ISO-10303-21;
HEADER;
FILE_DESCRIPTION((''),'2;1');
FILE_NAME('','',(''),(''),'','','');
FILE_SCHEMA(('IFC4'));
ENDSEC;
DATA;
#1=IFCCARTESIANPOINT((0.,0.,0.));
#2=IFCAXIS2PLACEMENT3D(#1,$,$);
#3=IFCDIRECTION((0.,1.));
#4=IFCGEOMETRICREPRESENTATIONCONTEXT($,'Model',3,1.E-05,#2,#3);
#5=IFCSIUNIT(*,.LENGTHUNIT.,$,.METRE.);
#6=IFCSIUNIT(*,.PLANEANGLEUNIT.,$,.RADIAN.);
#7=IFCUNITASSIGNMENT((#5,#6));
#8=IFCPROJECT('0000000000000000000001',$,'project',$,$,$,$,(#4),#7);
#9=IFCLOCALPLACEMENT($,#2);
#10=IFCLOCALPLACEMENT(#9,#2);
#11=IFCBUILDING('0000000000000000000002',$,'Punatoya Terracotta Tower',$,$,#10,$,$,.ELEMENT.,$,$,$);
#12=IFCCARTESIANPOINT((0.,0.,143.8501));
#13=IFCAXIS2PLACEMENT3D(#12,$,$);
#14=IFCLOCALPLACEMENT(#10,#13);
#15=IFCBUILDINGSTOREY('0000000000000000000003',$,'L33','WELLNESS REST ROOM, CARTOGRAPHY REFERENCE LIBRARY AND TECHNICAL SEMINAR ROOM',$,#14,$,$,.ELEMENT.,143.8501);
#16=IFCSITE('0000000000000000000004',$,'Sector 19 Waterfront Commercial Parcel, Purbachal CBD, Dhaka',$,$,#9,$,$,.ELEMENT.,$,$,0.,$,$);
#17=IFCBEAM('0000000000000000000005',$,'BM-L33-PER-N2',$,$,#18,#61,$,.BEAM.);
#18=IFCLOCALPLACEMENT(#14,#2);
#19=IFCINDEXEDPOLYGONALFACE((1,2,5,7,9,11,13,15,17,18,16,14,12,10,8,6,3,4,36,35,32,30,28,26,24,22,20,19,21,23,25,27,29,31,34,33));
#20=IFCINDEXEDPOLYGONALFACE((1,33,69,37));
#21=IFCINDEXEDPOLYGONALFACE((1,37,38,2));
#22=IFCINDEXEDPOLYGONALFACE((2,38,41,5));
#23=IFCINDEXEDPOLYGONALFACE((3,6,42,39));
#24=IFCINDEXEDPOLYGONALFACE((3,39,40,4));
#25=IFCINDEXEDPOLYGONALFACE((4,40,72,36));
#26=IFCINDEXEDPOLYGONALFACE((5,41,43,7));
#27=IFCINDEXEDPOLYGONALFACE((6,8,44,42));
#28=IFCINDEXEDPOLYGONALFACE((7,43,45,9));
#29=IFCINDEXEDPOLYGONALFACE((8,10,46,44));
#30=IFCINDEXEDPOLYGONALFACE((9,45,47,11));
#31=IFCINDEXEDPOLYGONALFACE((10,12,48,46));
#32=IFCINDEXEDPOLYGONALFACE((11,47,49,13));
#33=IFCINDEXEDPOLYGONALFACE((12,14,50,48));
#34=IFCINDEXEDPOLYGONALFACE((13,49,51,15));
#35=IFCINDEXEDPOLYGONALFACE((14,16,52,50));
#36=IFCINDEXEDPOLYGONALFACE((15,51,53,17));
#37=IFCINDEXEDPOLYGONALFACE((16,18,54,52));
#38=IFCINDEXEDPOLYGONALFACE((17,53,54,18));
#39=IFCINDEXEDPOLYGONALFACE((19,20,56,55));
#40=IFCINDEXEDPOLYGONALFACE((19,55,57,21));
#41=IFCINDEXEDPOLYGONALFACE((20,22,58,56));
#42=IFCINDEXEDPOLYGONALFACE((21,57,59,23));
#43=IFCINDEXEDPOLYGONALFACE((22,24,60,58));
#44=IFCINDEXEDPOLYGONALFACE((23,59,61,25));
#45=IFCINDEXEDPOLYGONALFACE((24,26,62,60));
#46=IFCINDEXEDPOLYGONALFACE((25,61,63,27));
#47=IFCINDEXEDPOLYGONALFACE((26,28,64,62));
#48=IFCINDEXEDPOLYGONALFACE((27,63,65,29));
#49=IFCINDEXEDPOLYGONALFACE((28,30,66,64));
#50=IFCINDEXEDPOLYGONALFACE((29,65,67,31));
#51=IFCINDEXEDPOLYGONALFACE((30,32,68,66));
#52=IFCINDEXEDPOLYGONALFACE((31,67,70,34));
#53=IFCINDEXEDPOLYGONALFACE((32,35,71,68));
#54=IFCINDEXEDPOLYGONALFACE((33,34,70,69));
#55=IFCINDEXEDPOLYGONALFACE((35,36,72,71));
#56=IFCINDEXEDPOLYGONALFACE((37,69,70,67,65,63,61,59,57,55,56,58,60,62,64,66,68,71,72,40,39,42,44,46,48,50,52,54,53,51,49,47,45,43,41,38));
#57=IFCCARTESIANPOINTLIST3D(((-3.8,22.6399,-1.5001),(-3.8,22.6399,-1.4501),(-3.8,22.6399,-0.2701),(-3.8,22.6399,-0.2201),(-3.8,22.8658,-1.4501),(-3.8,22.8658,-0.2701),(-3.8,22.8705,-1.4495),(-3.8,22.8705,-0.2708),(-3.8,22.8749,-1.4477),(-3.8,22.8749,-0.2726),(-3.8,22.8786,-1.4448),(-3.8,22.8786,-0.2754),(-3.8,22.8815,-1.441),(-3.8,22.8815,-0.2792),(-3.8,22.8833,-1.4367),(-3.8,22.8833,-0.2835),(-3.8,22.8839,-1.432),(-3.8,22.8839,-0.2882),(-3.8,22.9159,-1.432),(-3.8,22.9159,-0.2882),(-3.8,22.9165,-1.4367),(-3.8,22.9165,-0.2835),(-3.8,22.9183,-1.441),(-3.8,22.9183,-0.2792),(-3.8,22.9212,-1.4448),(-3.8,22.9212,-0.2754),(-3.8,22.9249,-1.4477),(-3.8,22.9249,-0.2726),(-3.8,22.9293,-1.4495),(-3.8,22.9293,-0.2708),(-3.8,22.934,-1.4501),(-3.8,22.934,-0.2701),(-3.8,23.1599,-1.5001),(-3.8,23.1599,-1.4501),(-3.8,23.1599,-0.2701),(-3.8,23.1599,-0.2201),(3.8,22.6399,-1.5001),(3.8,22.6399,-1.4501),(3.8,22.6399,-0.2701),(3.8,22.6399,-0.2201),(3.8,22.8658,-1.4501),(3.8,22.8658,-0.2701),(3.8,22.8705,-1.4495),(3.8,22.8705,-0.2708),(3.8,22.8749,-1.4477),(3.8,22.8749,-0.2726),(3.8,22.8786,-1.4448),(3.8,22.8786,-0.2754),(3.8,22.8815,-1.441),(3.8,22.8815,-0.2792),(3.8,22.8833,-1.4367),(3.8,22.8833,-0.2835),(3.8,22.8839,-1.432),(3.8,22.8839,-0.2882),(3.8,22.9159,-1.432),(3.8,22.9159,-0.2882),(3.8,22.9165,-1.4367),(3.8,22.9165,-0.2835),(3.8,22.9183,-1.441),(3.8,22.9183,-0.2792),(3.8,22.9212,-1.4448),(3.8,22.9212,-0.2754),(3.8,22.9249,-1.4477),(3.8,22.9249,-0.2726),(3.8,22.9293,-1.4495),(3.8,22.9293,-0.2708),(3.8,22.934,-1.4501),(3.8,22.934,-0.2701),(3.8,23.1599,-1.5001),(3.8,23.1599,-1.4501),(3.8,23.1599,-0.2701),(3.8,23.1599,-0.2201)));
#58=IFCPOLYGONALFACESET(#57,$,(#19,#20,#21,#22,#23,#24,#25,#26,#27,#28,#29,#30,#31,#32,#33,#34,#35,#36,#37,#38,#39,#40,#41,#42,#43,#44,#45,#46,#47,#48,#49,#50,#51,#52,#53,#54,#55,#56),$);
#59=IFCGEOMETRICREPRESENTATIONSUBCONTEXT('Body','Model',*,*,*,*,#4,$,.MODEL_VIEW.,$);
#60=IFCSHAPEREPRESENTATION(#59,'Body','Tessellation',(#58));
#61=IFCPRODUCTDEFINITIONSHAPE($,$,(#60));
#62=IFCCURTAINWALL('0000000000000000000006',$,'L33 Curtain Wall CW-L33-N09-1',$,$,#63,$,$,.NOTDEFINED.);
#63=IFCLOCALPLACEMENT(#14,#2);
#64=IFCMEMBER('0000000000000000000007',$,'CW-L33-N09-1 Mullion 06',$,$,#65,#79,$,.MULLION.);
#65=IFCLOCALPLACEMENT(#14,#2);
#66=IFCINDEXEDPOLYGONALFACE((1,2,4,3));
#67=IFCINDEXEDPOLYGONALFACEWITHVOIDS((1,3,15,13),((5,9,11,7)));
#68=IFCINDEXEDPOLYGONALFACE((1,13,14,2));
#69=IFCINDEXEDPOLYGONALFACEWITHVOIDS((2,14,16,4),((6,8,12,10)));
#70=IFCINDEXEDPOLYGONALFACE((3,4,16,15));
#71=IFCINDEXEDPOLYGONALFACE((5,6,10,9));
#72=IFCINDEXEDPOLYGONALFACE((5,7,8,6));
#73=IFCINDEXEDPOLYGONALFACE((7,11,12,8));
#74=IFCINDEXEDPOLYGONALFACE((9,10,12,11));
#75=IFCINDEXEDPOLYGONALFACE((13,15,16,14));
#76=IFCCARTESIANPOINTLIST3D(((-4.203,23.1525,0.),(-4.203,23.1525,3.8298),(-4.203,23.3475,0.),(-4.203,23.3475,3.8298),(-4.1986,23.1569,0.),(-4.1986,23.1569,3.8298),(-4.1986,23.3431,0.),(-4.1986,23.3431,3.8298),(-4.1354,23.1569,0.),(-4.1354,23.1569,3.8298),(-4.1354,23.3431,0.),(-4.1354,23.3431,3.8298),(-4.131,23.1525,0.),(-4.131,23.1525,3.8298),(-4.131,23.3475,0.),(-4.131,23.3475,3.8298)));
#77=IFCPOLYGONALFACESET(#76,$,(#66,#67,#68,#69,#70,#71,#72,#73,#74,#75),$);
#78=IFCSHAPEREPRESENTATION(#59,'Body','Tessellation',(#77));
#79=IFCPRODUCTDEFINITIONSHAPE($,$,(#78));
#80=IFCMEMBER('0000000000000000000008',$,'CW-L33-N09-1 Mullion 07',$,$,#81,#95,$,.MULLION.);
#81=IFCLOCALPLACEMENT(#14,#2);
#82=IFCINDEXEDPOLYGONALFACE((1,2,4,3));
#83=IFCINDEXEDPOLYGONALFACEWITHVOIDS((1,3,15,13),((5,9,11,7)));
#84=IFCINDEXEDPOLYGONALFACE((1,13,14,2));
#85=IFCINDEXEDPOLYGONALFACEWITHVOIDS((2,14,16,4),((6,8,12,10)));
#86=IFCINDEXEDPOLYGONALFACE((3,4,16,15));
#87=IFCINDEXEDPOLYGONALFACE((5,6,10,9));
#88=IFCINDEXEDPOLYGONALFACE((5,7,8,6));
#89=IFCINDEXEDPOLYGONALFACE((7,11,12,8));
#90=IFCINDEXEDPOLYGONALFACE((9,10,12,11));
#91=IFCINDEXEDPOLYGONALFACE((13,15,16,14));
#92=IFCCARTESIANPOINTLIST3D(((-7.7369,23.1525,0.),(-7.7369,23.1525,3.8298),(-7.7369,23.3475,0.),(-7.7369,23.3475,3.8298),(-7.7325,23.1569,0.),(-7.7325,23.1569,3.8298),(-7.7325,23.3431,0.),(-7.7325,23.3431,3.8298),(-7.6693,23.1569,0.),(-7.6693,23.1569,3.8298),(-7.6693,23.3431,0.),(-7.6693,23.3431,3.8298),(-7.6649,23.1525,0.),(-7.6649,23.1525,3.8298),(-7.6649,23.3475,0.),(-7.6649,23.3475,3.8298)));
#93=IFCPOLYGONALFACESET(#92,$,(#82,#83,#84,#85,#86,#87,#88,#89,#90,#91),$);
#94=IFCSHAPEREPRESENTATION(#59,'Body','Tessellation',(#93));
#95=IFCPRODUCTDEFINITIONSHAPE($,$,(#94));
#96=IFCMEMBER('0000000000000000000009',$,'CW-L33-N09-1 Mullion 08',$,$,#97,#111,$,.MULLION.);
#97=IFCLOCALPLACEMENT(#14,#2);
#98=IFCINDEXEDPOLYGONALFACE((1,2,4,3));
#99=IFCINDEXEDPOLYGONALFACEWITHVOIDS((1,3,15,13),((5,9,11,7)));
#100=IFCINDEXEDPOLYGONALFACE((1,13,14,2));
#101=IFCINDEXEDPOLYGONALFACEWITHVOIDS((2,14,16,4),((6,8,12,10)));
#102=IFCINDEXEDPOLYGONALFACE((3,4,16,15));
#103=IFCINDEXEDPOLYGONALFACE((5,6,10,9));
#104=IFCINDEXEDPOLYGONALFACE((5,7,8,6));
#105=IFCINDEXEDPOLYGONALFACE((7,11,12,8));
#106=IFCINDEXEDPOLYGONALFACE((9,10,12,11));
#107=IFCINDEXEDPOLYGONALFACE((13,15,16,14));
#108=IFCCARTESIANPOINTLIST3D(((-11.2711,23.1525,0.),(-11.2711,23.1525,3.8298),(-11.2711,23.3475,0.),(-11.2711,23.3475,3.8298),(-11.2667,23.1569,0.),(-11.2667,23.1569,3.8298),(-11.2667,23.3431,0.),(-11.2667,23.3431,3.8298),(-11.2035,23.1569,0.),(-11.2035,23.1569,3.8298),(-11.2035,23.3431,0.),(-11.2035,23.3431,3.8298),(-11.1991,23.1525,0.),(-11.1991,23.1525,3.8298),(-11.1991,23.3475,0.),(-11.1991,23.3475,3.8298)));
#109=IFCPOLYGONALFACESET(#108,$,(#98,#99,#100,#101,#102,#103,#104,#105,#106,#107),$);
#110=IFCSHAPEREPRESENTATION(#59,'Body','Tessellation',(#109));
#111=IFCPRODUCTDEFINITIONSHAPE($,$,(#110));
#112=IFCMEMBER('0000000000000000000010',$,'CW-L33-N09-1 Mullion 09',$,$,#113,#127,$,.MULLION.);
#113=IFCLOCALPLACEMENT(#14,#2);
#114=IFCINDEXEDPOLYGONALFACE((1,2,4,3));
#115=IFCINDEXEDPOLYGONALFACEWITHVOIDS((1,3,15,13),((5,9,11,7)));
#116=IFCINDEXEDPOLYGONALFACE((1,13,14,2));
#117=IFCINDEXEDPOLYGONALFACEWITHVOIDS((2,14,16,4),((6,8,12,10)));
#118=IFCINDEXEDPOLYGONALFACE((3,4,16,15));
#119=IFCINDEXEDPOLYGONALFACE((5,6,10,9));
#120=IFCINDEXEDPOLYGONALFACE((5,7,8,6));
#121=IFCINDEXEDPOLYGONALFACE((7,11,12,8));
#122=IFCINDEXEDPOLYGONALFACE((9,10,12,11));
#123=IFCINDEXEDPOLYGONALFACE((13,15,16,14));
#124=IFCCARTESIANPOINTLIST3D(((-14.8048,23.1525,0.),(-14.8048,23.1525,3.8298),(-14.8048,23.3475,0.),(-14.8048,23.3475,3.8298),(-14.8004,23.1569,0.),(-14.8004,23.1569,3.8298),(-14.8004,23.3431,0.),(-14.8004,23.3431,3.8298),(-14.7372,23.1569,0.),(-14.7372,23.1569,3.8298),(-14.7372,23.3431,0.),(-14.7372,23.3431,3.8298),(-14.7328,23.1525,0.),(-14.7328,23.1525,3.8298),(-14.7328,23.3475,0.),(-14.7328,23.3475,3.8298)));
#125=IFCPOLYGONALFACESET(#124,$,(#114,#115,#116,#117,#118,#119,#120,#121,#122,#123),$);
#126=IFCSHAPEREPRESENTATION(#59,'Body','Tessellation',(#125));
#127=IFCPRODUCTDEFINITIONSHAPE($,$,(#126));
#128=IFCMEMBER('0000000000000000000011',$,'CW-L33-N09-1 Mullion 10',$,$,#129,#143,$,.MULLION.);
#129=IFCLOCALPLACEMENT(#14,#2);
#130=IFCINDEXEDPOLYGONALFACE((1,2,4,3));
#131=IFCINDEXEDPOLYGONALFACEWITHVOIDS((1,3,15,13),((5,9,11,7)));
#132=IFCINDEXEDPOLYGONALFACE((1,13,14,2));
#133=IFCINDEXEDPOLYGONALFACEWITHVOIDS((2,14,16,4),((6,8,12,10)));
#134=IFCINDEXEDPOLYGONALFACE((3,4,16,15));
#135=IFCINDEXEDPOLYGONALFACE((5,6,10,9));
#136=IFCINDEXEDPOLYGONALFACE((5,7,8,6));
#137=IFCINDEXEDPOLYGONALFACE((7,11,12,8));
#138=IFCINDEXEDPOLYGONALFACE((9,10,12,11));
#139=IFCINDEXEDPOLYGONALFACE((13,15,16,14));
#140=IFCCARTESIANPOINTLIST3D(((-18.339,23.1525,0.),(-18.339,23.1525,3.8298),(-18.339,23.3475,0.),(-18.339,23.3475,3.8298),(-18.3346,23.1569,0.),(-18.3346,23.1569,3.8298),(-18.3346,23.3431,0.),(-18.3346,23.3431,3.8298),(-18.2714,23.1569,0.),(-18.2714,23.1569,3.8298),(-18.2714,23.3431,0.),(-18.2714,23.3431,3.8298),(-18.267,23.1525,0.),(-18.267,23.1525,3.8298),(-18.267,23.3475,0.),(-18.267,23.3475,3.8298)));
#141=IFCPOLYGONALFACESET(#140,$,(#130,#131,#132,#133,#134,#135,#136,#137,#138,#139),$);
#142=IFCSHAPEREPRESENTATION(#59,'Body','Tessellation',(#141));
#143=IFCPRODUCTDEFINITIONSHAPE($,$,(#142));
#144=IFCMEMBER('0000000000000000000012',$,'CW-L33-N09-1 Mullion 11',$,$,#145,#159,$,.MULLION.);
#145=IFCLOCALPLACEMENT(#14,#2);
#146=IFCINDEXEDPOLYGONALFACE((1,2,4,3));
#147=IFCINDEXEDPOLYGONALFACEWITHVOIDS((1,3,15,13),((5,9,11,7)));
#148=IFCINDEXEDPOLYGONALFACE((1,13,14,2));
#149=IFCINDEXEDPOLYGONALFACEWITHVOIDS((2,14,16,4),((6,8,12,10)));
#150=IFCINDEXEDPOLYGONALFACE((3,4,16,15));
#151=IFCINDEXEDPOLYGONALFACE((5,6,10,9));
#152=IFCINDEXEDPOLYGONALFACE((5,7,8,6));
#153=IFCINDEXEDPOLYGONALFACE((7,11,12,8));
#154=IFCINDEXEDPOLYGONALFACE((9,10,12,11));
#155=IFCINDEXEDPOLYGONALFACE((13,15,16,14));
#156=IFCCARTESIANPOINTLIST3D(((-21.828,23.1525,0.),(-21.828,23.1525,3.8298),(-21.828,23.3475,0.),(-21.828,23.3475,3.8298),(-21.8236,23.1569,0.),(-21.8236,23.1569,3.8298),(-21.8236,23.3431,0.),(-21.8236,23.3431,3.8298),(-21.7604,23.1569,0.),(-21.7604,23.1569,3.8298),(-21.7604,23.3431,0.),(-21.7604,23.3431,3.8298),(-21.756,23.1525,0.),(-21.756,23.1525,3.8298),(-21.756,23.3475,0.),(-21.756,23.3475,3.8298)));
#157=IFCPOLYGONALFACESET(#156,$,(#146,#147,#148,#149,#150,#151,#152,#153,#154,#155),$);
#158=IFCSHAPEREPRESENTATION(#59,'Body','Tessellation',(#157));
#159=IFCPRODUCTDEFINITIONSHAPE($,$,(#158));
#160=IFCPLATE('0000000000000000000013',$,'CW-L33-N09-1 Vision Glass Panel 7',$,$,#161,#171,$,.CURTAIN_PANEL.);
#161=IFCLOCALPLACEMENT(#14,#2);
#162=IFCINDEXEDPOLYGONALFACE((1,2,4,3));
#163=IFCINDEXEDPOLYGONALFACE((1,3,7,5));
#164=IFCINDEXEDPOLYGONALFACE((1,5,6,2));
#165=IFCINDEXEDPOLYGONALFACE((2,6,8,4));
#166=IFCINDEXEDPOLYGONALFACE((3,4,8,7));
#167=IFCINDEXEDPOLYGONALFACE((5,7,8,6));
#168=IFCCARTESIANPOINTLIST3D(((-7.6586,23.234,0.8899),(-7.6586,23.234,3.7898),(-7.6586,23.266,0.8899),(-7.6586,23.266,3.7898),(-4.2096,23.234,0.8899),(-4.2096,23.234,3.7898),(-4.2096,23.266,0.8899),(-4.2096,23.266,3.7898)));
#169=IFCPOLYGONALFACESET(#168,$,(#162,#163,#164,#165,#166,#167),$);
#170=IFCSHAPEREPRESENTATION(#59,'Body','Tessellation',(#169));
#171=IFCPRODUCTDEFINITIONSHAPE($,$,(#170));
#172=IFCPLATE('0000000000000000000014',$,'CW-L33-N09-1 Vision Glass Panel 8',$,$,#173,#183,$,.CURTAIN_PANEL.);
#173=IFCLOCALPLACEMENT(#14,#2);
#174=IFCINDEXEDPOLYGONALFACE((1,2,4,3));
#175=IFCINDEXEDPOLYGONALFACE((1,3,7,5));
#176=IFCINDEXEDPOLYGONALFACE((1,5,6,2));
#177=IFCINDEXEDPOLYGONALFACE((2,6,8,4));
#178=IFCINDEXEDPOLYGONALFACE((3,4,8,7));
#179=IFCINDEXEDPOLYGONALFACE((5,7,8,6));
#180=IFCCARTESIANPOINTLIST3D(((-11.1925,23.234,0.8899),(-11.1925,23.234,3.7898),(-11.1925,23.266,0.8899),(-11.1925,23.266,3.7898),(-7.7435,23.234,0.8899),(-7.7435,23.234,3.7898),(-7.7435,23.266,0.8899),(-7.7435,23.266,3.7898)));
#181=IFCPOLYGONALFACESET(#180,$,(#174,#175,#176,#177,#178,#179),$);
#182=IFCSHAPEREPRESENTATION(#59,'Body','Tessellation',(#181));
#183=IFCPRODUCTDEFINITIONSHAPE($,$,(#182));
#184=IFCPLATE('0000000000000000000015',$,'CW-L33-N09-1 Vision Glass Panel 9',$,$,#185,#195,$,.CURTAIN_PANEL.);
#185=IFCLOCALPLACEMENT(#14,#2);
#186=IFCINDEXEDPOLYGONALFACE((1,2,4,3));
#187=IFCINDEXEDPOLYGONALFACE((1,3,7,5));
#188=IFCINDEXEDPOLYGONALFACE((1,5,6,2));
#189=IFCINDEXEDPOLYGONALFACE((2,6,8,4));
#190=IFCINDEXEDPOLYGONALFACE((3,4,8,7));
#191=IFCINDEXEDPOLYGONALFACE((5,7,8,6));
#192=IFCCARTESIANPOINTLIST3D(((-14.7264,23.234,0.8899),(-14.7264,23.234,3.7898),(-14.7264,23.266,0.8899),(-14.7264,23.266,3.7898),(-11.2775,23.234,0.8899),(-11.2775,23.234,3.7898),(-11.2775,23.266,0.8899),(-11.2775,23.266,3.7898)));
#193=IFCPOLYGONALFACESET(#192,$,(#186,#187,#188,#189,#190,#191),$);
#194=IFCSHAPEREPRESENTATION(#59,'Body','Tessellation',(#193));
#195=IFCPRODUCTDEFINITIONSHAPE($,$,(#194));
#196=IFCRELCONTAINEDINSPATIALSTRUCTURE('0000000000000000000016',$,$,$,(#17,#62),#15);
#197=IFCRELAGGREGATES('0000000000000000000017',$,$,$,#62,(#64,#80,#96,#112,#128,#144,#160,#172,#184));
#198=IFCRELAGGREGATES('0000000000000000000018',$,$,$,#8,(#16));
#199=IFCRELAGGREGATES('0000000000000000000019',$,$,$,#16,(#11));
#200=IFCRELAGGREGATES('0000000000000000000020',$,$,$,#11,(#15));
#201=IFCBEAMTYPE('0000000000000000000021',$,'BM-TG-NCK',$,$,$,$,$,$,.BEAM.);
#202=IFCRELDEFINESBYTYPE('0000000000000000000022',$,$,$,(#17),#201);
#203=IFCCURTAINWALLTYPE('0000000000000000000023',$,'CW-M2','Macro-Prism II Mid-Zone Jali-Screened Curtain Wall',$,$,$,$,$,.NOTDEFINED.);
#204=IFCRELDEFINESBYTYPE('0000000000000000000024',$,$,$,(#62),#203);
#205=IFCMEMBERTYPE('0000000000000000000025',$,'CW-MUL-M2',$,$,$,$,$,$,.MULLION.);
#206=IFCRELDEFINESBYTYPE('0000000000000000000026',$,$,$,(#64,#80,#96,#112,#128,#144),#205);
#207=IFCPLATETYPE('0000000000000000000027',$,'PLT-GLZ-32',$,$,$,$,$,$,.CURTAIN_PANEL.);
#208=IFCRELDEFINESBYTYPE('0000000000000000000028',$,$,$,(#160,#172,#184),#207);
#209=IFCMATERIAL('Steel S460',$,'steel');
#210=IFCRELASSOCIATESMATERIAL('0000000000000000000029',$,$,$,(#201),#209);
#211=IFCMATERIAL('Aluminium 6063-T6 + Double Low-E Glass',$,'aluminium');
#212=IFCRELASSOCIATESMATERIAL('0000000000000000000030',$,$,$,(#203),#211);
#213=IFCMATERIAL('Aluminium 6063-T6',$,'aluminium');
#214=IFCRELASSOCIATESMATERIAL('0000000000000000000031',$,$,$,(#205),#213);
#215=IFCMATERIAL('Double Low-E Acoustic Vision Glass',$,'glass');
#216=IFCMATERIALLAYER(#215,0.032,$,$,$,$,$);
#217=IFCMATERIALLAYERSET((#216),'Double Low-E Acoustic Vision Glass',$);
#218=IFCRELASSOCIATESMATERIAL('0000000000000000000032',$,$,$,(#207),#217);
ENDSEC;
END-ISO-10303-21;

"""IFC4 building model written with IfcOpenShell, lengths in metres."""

from ifc_helpers import new_model, si_unit, direction, frame, origin, origin_2d, place, context, subcontext, project, spatial, rectangle, hollow_rectangle, i_section, extrude, material, layer, layer_set, material_profile, profile_set, type_object, element, aggregate, save


model = new_model("IFC4")

# Units and contexts
model_context = context("Model", 3, precision=1e-05, world=origin(), true_north=direction((0.0, 1.0)))
body_context = subcontext(model_context, "Body", "Model", "MODEL_VIEW")
ifc_project = project(units=[si_unit("LENGTHUNIT", "METRE"), si_unit("PLANEANGLEUNIT", "RADIAN")], contexts=[model_context])

# Site, building, storey
site_placement = place(None, origin())
site = spatial("IfcSite", under=ifc_project, at=site_placement, Name="Sector 19 Waterfront Commercial Parcel, Purbachal CBD, Dhaka", CompositionType="ELEMENT", RefElevation=0.0)
building_placement = place(site_placement, origin())
building = spatial("IfcBuilding", under=site, at=building_placement, Name="Punatoya Terracotta Tower", CompositionType="ELEMENT")
storey_placement = place(building_placement, frame((0.0, 0.0, 143.8501)))
storey = spatial("IfcBuildingStorey", under=building, at=storey_placement, Name="L33", Description="WELLNESS REST ROOM, CARTOGRAPHY REFERENCE LIBRARY AND TECHNICAL SEMINAR ROOM", CompositionType="ELEMENT", Elevation=143.8501)

# Shared definitions
ifc_material_1 = material(Name="Steel S460", Category="steel")

# Beam
ifc_material_profile_1 = material_profile(ifc_material_1, i_section(OverallWidth=0.52, OverallDepth=1.28, WebThickness=0.032, FlangeThickness=0.05, FilletRadius=0.0181, at=origin_2d()))
ifc_profile_set_1 = profile_set([ifc_material_profile_1], Name="Steel S460")
beam_type_1 = type_object("IfcBeamType", Name="BM-TG-NCK", PredefinedType="BEAM", material=ifc_profile_set_1)
beam_1_placement = place(storey_placement, frame((-3.8, 22.8999, -0.8601), z_axis=(1.0, 0.0, 0.0), x_axis=(0.0, 1.0, 0.0)))
element("IfcBeam", 1, at=beam_1_placement, inside=storey, type_object=beam_type_1, Name="BM-L33-PER-N2", PredefinedType="BEAM", context=body_context, shape_type="SweptSolid", body=[
    extrude(i_section(OverallWidth=0.52, OverallDepth=1.28, WebThickness=0.032, FlangeThickness=0.05, FilletRadius=0.0181, at=origin_2d()), origin(), (0.0, 0.0, 1.0), 7.6001),
])

# Curtain wall, members, plates
ifc_material_2 = material(Name="Aluminium 6063-T6 + Double Low-E Glass", Category="aluminium")
curtain_wall_type = type_object("IfcCurtainWallType", Name="CW-M2", Description="Macro-Prism II Mid-Zone Jali-Screened Curtain Wall", PredefinedType="NOTDEFINED", material=ifc_material_2)
curtain_wall_placement = place(storey_placement, origin())
curtain_wall = element("IfcCurtainWall", 2, at=curtain_wall_placement, inside=storey, type_object=curtain_wall_type, Name="L33 Curtain Wall CW-L33-N09-1", PredefinedType="NOTDEFINED")
ifc_material_3 = material(Name="Aluminium 6063-T6", Category="aluminium")
ifc_material_profile_2 = material_profile(ifc_material_3, hollow_rectangle(XDim=0.072, YDim=0.1951, WallThickness=0.0044, at=origin_2d()))
ifc_profile_set_2 = profile_set([ifc_material_profile_2], Name="Aluminium 6063-T6")
member_type = type_object("IfcMemberType", Name="CW-MUL-M2", PredefinedType="MULLION", material=ifc_profile_set_2)
member_1_placement = place(storey_placement, frame((-4.167, 23.25, 0.0), z_axis=(0.0, 0.0, 1.0), x_axis=(1.0, 0.0, 0.0)))
member_1 = element("IfcMember", 3, at=member_1_placement, type_object=member_type, Name="CW-L33-N09-1 Mullion 06", PredefinedType="MULLION", context=body_context, shape_type="SweptSolid", body=[
    extrude(hollow_rectangle(XDim=0.072, YDim=0.1951, WallThickness=0.0044, at=origin_2d()), origin(), (0.0, 0.0, 1.0), 3.8298),
])
member_2_placement = place(storey_placement, frame((-7.7009, 23.25, 0.0), z_axis=(0.0, 0.0, 1.0), x_axis=(1.0, 0.0, 0.0)))
member_2 = element("IfcMember", 4, at=member_2_placement, type_object=member_type, Name="CW-L33-N09-1 Mullion 07", PredefinedType="MULLION", context=body_context, shape_type="SweptSolid", body=[
    extrude(hollow_rectangle(XDim=0.072, YDim=0.1951, WallThickness=0.0044, at=origin_2d()), origin(), (0.0, 0.0, 1.0), 3.8298),
])
member_3_placement = place(storey_placement, frame((-11.2351, 23.25, 0.0), z_axis=(0.0, 0.0, 1.0), x_axis=(1.0, 0.0, 0.0)))
member_3 = element("IfcMember", 5, at=member_3_placement, type_object=member_type, Name="CW-L33-N09-1 Mullion 08", PredefinedType="MULLION", context=body_context, shape_type="SweptSolid", body=[
    extrude(hollow_rectangle(XDim=0.072, YDim=0.1951, WallThickness=0.0044, at=origin_2d()), origin(), (0.0, 0.0, 1.0), 3.8298),
])
member_4_placement = place(storey_placement, frame((-14.7688, 23.25, 0.0), z_axis=(0.0, 0.0, 1.0), x_axis=(1.0, 0.0, 0.0)))
member_4 = element("IfcMember", 6, at=member_4_placement, type_object=member_type, Name="CW-L33-N09-1 Mullion 09", PredefinedType="MULLION", context=body_context, shape_type="SweptSolid", body=[
    extrude(hollow_rectangle(XDim=0.072, YDim=0.1951, WallThickness=0.0044, at=origin_2d()), origin(), (0.0, 0.0, 1.0), 3.8298),
])
member_5_placement = place(storey_placement, frame((-18.303, 23.25, 0.0), z_axis=(0.0, 0.0, 1.0), x_axis=(1.0, 0.0, 0.0)))
member_5 = element("IfcMember", 7, at=member_5_placement, type_object=member_type, Name="CW-L33-N09-1 Mullion 10", PredefinedType="MULLION", context=body_context, shape_type="SweptSolid", body=[
    extrude(hollow_rectangle(XDim=0.072, YDim=0.1951, WallThickness=0.0044, at=origin_2d()), origin(), (0.0, 0.0, 1.0), 3.8298),
])
member_6_placement = place(storey_placement, frame((-21.792, 23.25, 0.0), z_axis=(0.0, 0.0, 1.0), x_axis=(1.0, 0.0, 0.0)))
member_6 = element("IfcMember", 8, at=member_6_placement, type_object=member_type, Name="CW-L33-N09-1 Mullion 11", PredefinedType="MULLION", context=body_context, shape_type="SweptSolid", body=[
    extrude(hollow_rectangle(XDim=0.072, YDim=0.1951, WallThickness=0.0044, at=origin_2d()), origin(), (0.0, 0.0, 1.0), 3.8298),
])
ifc_material_4 = material(Name="Double Low-E Acoustic Vision Glass", Category="glass")
ifc_layer_1 = layer(ifc_material_4, 0.032)
ifc_layer_set_1 = layer_set([ifc_layer_1], Name="Double Low-E Acoustic Vision Glass")
plate_type_1 = type_object("IfcPlateType", Name="PLT-GLZ-32", PredefinedType="CURTAIN_PANEL", material=ifc_layer_set_1)
plate_1_placement = place(storey_placement, frame((-5.9341, 23.25, 0.8899), z_axis=(0.0, 0.0, 1.0), x_axis=(-1.0, 0.0, 0.0)))
plate_1 = element("IfcPlate", 9, at=plate_1_placement, type_object=plate_type_1, Name="CW-L33-N09-1 Vision Glass Panel 7", PredefinedType="CURTAIN_PANEL", context=body_context, shape_type="SweptSolid", body=[
    extrude(rectangle(XDim=3.449, YDim=0.032, at=origin_2d()), origin(), (0.0, 0.0, 1.0), 2.8999),
])
plate_2_placement = place(storey_placement, frame((-9.468, 23.25, 0.8899), z_axis=(0.0, 0.0, 1.0), x_axis=(-1.0, 0.0, 0.0)))
plate_2 = element("IfcPlate", 10, at=plate_2_placement, type_object=plate_type_1, Name="CW-L33-N09-1 Vision Glass Panel 8", PredefinedType="CURTAIN_PANEL", context=body_context, shape_type="SweptSolid", body=[
    extrude(rectangle(XDim=3.449, YDim=0.032, at=origin_2d()), origin(), (0.0, 0.0, 1.0), 2.8999),
])
plate_3_placement = place(storey_placement, frame((-13.002, 23.25, 0.8899), z_axis=(0.0, 0.0, 1.0), x_axis=(-1.0, 0.0, 0.0)))
plate_3 = element("IfcPlate", 11, at=plate_3_placement, type_object=plate_type_1, Name="CW-L33-N09-1 Vision Glass Panel 9", PredefinedType="CURTAIN_PANEL", context=body_context, shape_type="SweptSolid", body=[
    extrude(rectangle(XDim=3.449, YDim=0.032, at=origin_2d()), origin(), (0.0, 0.0, 1.0), 2.8999),
])
aggregate(curtain_wall, [member_1, member_2, member_3, member_4, member_5, member_6, plate_1, plate_2, plate_3])

save(model, "model.ifc")
